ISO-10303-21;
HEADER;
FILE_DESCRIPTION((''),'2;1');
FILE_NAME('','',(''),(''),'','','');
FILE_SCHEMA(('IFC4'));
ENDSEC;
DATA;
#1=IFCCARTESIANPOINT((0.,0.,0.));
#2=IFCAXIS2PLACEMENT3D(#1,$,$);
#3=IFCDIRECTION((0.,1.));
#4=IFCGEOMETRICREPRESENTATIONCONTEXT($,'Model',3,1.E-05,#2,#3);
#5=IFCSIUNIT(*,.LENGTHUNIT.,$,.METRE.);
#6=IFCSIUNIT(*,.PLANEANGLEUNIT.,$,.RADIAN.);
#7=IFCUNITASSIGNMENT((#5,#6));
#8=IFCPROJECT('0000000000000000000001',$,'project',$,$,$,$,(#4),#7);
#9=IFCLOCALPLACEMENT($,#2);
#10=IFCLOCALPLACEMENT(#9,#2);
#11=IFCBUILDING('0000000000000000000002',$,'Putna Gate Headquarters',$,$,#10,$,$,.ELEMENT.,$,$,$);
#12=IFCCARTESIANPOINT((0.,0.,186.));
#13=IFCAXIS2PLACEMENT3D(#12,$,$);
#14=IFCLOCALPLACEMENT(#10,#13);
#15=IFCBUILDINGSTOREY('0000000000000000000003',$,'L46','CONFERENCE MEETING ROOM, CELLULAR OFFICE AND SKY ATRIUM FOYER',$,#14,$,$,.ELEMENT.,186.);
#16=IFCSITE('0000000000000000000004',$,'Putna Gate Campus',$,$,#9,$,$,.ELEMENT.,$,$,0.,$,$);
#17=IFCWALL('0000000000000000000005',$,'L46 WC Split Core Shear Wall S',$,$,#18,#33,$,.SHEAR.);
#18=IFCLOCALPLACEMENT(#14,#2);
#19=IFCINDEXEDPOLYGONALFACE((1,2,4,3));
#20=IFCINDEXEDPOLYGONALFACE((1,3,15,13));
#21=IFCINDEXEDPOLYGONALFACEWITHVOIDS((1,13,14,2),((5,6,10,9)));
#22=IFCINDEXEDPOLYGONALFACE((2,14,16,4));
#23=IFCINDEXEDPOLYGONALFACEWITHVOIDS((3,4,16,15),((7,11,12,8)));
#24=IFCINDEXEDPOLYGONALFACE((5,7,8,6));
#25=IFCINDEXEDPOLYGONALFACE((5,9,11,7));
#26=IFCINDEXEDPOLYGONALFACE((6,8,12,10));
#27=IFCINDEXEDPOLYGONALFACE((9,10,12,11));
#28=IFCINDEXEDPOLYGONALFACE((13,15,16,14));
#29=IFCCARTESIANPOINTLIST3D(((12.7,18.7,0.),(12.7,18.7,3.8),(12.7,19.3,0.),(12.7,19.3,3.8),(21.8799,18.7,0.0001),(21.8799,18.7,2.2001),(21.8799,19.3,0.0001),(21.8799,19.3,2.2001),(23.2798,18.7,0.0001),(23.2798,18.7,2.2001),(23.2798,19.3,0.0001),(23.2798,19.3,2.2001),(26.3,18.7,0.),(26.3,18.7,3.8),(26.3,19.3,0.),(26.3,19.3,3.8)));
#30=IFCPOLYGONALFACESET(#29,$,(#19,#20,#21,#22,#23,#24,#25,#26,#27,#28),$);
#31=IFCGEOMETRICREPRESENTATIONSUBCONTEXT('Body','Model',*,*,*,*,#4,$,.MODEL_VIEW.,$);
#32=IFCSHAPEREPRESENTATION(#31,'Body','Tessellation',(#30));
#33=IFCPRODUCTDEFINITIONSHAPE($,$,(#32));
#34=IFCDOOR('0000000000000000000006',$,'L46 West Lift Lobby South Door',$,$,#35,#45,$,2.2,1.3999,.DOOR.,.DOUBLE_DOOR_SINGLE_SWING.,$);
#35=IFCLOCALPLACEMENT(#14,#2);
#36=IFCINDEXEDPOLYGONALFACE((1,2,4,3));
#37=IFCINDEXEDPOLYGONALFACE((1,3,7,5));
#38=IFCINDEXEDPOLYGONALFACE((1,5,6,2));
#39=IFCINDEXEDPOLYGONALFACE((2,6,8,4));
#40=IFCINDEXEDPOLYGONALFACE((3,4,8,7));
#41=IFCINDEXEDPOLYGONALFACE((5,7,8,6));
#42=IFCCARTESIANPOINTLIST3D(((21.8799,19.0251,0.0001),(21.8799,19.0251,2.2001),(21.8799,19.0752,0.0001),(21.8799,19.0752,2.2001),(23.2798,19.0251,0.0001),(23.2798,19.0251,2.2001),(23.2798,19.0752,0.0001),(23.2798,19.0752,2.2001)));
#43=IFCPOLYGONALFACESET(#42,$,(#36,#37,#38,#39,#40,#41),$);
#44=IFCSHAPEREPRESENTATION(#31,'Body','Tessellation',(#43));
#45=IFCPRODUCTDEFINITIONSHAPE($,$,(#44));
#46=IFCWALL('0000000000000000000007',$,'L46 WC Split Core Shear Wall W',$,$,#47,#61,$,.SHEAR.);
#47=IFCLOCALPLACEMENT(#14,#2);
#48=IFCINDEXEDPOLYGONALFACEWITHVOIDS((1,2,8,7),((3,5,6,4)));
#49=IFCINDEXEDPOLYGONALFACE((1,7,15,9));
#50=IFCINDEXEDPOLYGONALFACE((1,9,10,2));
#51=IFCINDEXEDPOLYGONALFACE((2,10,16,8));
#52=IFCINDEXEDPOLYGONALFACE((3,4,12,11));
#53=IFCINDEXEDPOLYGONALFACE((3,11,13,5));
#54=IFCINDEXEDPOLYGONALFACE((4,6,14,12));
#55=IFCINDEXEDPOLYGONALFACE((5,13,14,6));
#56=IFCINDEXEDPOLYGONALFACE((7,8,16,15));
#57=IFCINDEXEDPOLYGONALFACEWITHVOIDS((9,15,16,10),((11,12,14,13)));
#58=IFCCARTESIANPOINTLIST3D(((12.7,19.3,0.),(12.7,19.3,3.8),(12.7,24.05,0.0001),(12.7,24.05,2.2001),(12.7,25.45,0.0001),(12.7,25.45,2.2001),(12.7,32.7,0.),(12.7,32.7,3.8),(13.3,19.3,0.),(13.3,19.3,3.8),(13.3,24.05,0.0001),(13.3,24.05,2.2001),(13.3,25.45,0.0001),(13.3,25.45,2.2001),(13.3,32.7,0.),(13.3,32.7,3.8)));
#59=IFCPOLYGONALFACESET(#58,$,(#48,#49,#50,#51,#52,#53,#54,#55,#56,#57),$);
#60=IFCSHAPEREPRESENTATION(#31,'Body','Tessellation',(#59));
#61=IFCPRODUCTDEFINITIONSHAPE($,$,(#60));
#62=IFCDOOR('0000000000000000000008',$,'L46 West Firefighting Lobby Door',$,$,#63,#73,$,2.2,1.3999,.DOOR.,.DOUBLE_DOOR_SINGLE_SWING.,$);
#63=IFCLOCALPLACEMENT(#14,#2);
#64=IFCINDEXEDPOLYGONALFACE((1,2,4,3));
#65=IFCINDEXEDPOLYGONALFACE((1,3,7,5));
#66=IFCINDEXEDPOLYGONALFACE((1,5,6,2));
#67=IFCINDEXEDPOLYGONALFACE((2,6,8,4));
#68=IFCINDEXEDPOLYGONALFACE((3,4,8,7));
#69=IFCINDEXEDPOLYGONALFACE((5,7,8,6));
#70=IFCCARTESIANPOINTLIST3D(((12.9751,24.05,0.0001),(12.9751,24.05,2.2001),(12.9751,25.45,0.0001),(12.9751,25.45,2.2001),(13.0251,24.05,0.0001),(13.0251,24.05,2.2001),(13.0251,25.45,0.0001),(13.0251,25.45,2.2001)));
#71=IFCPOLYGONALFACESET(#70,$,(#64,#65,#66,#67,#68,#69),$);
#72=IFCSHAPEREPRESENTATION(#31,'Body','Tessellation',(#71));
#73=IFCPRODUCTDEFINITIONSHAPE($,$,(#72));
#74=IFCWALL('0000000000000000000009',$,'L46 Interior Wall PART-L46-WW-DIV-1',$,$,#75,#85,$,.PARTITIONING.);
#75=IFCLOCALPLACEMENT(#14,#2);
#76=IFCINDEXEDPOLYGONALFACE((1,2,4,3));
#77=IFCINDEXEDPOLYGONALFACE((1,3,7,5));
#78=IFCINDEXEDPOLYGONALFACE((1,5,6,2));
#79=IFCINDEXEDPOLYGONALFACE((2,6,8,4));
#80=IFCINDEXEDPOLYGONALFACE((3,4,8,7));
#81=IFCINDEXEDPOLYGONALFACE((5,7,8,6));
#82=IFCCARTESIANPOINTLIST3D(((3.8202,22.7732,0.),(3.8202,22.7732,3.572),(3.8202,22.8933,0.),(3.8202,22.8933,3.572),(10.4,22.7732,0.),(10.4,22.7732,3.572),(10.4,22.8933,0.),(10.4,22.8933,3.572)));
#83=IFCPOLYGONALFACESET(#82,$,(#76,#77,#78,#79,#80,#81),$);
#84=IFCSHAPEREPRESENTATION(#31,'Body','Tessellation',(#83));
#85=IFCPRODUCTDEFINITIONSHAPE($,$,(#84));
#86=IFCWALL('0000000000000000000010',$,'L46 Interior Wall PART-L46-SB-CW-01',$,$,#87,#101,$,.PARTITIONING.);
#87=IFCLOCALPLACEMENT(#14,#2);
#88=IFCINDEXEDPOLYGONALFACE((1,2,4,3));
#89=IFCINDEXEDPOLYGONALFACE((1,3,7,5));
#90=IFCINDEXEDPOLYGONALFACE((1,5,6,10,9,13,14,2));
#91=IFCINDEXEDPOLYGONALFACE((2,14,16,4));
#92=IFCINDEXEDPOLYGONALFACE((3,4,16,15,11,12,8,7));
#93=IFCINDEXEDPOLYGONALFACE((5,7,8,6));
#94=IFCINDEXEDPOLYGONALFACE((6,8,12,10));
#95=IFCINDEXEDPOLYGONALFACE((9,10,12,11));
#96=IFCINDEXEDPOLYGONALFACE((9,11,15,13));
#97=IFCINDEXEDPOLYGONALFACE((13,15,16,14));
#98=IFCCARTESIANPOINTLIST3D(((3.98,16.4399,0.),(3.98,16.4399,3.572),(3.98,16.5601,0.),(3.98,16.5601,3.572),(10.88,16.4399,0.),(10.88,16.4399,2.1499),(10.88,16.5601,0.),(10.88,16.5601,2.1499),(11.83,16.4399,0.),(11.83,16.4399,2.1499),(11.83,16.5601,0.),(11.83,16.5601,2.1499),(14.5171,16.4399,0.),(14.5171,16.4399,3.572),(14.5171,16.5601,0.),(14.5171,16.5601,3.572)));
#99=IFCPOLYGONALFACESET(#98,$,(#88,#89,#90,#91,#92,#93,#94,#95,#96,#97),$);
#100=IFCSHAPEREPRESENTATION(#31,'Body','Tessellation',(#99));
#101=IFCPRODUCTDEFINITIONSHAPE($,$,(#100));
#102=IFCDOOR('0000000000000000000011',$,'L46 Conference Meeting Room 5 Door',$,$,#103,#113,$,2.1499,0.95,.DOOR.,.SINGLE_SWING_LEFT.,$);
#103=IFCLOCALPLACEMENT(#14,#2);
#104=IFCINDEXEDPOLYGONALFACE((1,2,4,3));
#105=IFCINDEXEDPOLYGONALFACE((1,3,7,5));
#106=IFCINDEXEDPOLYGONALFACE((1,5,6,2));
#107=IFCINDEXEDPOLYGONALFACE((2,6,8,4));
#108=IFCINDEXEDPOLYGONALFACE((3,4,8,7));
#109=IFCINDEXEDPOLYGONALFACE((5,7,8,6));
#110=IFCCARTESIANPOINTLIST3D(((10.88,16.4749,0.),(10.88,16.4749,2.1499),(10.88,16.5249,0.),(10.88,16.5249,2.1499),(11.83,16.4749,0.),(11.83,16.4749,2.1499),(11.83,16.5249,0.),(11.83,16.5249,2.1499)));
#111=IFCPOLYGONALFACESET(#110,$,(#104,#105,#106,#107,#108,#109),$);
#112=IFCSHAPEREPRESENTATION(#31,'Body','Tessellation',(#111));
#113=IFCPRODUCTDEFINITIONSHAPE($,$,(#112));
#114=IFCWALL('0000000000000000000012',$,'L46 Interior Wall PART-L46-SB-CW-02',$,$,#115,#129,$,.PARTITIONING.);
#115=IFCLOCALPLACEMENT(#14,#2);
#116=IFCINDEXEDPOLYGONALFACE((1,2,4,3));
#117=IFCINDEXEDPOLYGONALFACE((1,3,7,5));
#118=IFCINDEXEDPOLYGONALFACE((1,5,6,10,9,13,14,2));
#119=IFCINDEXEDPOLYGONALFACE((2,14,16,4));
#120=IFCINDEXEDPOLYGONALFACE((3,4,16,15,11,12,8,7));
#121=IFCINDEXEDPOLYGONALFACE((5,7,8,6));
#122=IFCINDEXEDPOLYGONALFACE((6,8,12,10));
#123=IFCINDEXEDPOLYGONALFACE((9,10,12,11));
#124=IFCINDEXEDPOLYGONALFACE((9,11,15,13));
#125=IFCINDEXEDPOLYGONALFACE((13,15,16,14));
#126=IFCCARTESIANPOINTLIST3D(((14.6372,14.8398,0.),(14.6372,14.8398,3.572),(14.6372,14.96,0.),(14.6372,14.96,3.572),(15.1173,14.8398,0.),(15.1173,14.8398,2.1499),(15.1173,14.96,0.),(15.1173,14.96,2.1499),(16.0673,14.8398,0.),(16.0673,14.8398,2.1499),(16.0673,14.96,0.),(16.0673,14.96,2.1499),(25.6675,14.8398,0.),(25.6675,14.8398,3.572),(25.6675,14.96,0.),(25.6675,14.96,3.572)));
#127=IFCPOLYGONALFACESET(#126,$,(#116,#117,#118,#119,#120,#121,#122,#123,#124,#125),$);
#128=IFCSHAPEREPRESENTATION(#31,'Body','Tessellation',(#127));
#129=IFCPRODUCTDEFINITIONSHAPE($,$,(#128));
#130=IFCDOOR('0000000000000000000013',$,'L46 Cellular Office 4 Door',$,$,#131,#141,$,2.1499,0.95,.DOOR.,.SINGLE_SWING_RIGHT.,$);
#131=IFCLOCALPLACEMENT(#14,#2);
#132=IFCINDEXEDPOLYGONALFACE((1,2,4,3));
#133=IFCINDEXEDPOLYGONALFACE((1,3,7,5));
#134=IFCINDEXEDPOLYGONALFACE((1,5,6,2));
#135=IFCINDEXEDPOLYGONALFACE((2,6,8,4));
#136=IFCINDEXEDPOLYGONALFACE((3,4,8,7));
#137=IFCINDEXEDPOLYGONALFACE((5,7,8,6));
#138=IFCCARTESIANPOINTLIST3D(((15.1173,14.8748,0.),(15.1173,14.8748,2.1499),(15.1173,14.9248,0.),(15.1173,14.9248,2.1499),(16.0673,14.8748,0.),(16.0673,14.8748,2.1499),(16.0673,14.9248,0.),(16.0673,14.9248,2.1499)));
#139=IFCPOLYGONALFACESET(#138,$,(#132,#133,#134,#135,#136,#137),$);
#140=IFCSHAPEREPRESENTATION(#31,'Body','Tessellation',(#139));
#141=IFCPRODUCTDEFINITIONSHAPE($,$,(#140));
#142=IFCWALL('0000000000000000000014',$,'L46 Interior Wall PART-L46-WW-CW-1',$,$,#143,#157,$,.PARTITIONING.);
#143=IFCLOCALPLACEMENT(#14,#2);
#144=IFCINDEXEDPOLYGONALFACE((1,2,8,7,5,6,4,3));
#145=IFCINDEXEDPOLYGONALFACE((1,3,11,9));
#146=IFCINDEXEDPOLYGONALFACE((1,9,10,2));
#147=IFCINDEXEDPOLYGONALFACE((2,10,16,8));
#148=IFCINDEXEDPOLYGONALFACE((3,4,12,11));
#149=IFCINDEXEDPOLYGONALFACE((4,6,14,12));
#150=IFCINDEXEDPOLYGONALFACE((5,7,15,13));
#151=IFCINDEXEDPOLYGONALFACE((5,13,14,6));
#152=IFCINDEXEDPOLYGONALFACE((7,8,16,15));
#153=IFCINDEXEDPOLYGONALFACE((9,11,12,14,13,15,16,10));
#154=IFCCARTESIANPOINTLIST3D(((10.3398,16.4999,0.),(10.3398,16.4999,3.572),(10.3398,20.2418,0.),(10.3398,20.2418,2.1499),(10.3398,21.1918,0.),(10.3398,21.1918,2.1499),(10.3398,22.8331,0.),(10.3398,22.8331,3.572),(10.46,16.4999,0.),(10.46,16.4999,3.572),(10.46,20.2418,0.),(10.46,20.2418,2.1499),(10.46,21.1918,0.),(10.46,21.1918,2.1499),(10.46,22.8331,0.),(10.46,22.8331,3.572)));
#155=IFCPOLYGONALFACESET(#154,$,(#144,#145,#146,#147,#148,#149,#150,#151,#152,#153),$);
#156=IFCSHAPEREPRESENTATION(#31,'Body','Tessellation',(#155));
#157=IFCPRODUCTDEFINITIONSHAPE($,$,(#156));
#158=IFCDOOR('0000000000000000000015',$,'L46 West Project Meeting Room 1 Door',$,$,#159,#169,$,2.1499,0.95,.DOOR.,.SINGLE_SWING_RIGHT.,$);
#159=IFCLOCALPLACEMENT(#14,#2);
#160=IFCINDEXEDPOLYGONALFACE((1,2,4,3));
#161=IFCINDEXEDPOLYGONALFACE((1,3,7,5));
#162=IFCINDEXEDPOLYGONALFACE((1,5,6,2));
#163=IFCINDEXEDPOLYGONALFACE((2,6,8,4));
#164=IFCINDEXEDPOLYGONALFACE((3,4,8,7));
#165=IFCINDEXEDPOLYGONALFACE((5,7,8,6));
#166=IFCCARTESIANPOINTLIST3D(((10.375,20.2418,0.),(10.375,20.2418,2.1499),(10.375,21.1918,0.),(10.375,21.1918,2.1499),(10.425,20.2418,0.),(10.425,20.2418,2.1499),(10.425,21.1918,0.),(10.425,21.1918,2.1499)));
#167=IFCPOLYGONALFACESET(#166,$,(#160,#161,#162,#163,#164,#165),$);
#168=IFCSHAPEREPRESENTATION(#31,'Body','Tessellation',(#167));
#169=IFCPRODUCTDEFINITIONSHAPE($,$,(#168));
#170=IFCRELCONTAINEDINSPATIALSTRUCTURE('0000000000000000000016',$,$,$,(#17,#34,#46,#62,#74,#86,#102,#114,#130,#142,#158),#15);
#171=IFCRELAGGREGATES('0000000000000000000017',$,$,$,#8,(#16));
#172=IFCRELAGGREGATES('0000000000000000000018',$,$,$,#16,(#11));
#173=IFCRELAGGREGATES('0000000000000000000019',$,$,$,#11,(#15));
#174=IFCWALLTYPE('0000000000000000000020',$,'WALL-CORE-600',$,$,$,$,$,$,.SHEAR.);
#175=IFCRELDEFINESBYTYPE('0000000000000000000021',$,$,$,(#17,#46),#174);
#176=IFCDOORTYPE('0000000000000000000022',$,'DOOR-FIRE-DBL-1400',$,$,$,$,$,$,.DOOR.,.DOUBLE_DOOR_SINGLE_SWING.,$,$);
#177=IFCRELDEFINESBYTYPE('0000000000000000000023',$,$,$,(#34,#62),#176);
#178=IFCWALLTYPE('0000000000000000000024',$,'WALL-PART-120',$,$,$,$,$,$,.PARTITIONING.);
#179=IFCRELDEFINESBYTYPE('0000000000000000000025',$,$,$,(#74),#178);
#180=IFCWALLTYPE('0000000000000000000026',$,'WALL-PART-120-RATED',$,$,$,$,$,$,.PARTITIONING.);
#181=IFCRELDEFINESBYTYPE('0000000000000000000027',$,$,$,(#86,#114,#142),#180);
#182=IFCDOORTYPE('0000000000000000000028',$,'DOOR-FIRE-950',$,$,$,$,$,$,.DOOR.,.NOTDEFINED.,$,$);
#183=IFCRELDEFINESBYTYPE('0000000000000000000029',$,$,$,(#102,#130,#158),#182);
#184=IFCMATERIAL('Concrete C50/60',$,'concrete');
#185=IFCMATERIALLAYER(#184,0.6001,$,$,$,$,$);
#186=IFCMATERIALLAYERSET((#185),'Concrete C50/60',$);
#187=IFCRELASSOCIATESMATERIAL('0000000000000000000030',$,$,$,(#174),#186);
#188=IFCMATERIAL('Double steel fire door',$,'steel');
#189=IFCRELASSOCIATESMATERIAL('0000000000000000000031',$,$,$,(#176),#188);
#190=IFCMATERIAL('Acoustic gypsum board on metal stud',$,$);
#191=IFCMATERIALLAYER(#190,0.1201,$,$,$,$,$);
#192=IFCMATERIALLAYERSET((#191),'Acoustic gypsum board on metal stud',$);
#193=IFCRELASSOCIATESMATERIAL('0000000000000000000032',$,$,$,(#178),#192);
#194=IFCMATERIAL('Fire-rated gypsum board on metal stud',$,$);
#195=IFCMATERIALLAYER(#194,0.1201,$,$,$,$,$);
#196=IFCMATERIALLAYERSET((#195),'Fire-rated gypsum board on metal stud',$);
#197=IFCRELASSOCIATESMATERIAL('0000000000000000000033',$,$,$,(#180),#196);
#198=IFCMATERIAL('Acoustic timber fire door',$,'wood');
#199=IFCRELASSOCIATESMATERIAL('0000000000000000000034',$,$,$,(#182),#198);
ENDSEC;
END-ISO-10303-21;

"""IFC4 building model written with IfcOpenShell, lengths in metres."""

from ifc_helpers import new_model, si_unit, direction, frame, frame_2d, origin, place, context, subcontext, project, spatial, rectangle, extrude, material, layer, layer_set, type_object, element, fill, save


model = new_model("IFC4")

# Units and contexts
model_context = context("Model", 3, precision=1e-05, world=origin(), true_north=direction((0.0, 1.0)))
body_context = subcontext(model_context, "Body", "Model", "MODEL_VIEW")
ifc_project = project(units=[si_unit("LENGTHUNIT", "METRE"), si_unit("PLANEANGLEUNIT", "RADIAN")], contexts=[model_context])

# Site, building, storey
site_placement = place(None, origin())
site = spatial("IfcSite", under=ifc_project, at=site_placement, Name="Putna Gate Campus", CompositionType="ELEMENT", RefElevation=0.0)
building_placement = place(site_placement, origin())
building = spatial("IfcBuilding", under=site, at=building_placement, Name="Putna Gate Headquarters", CompositionType="ELEMENT")
storey_placement = place(building_placement, frame((0.0, 0.0, 186.0)))
storey = spatial("IfcBuildingStorey", under=building, at=storey_placement, Name="L46", Description="CONFERENCE MEETING ROOM, CELLULAR OFFICE AND SKY ATRIUM FOYER", CompositionType="ELEMENT", Elevation=186.0)

# Shared definitions
ifc_material_1 = material(Name="Concrete C50/60", Category="concrete")

# Walls, openings, doors
ifc_layer_1 = layer(ifc_material_1, 0.6001)
ifc_layer_set_1 = layer_set([ifc_layer_1], Name="Concrete C50/60")
wall_type_1 = type_object("IfcWallType", Name="WALL-CORE-600", PredefinedType="SHEAR", material=ifc_layer_set_1)
wall_1_placement = place(storey_placement, frame((12.7, 19.0, 0.0), z_axis=(0.0, 0.0, 1.0), x_axis=(1.0, 0.0, 0.0)))
wall_1 = element("IfcWall", 1, at=wall_1_placement, inside=storey, type_object=wall_type_1, Name="L46 WC Split Core Shear Wall S", PredefinedType="SHEAR", context=body_context, shape_type="SweptSolid", body=[
    extrude(rectangle(XDim=13.6001, YDim=0.6001, at=frame_2d((6.8, 0.0))), origin(), (0.0, 0.0, 1.0), 3.8),
])
opening_1_placement = place(wall_1_placement, frame((9.1799, 0.0, 0.0)))
opening_1 = element("IfcOpeningElement", 2, at=opening_1_placement, cuts=wall_1, PredefinedType="OPENING", context=body_context, shape_type="SweptSolid", body=[
    extrude(rectangle(XDim=1.3999, YDim=2.2, at=frame_2d((0.7, 1.1001))), frame((0.0, 0.3101, 0.0), z_axis=(0.0, -1.0, 0.0), x_axis=(1.0, 0.0, 0.0)), (0.0, 0.0, 1.0), 0.6201),
])
ifc_material_2 = material(Name="Double steel fire door", Category="steel")
door_type_1 = type_object("IfcDoorType", Name="DOOR-FIRE-DBL-1400", OperationType="DOUBLE_DOOR_SINGLE_SWING", PredefinedType="DOOR", material=ifc_material_2)
door_1_placement = place(opening_1_placement, origin())
door_1 = element("IfcDoor", 3, at=door_1_placement, inside=storey, type_object=door_type_1, Name="L46 West Lift Lobby South Door", OperationType="DOUBLE_DOOR_SINGLE_SWING", OverallHeight=2.2, OverallWidth=1.3999, PredefinedType="DOOR", context=body_context, shape_type="SweptSolid", body=[
    extrude(rectangle(XDim=1.3999, YDim=2.2, at=frame_2d((0.7, 1.1001))), frame((0.0, 0.0752, 0.0), z_axis=(0.0, -1.0, 0.0), x_axis=(1.0, 0.0, 0.0)), (0.0, 0.0, 1.0), 0.05),
])
fill(opening_1, door_1)
wall_2_placement = place(storey_placement, frame((13.0, 19.3, 0.0), z_axis=(0.0, 0.0, 1.0), x_axis=(0.0, 1.0, 0.0)))
wall_2 = element("IfcWall", 4, at=wall_2_placement, inside=storey, type_object=wall_type_1, Name="L46 WC Split Core Shear Wall W", PredefinedType="SHEAR", context=body_context, shape_type="SweptSolid", body=[
    extrude(rectangle(XDim=13.3999, YDim=0.6001, at=frame_2d((6.7, 0.0))), origin(), (0.0, 0.0, 1.0), 3.8),
])
opening_2_placement = place(wall_2_placement, frame((4.75, 0.0, 0.0)))
opening_2 = element("IfcOpeningElement", 5, at=opening_2_placement, cuts=wall_2, PredefinedType="OPENING", context=body_context, shape_type="SweptSolid", body=[
    extrude(rectangle(XDim=1.3999, YDim=2.2, at=frame_2d((0.7, 1.1001))), frame((0.0, 0.3101, 0.0), z_axis=(0.0, -1.0, 0.0), x_axis=(1.0, 0.0, 0.0)), (0.0, 0.0, 1.0), 0.6201),
])
door_2_placement = place(opening_2_placement, origin())
door_2 = element("IfcDoor", 6, at=door_2_placement, inside=storey, type_object=door_type_1, Name="L46 West Firefighting Lobby Door", OperationType="DOUBLE_DOOR_SINGLE_SWING", OverallHeight=2.2, OverallWidth=1.3999, PredefinedType="DOOR", context=body_context, shape_type="SweptSolid", body=[
    extrude(rectangle(XDim=1.3999, YDim=2.2, at=frame_2d((0.7, 1.1001))), frame((0.0, 0.0249, 0.0), z_axis=(0.0, -1.0, 0.0), x_axis=(1.0, 0.0, 0.0)), (0.0, 0.0, 1.0), 0.05),
])
fill(opening_2, door_2)

# Wall
ifc_material_3 = material(Name="Acoustic gypsum board on metal stud")
ifc_layer_2 = layer(ifc_material_3, 0.1201)
ifc_layer_set_2 = layer_set([ifc_layer_2], Name="Acoustic gypsum board on metal stud")
wall_type_2 = type_object("IfcWallType", Name="WALL-PART-120", PredefinedType="PARTITIONING", material=ifc_layer_set_2)
wall_3_placement = place(storey_placement, frame((3.8201, 22.8333, 0.0), z_axis=(0.0, 0.0, 1.0), x_axis=(1.0, 0.0, 0.0)))
element("IfcWall", 7, at=wall_3_placement, inside=storey, type_object=wall_type_2, Name="L46 Interior Wall PART-L46-WW-DIV-1", PredefinedType="PARTITIONING", context=body_context, shape_type="SweptSolid", body=[
    extrude(rectangle(XDim=6.5798, YDim=0.1201, at=frame_2d((3.29, 0.0))), origin(), (0.0, 0.0, 1.0), 3.572),
])

# Walls, openings, doors
ifc_material_4 = material(Name="Fire-rated gypsum board on metal stud")
ifc_layer_3 = layer(ifc_material_4, 0.1201)
ifc_layer_set_3 = layer_set([ifc_layer_3], Name="Fire-rated gypsum board on metal stud")
wall_type_3 = type_object("IfcWallType", Name="WALL-PART-120-RATED", PredefinedType="PARTITIONING", material=ifc_layer_set_3)
wall_4_placement = place(storey_placement, frame((3.98, 16.5, 0.0), z_axis=(0.0, 0.0, 1.0), x_axis=(1.0, 0.0, 0.0)))
wall_4 = element("IfcWall", 8, at=wall_4_placement, inside=storey, type_object=wall_type_3, Name="L46 Interior Wall PART-L46-SB-CW-01", PredefinedType="PARTITIONING", context=body_context, shape_type="SweptSolid", body=[
    extrude(rectangle(XDim=10.5371, YDim=0.1201, at=frame_2d((5.2686, 0.0))), origin(), (0.0, 0.0, 1.0), 3.572),
])
opening_3_placement = place(wall_4_placement, frame((6.8999, 0.0, 0.0)))
opening_3 = element("IfcOpeningElement", 9, at=opening_3_placement, cuts=wall_4, PredefinedType="OPENING", context=body_context, shape_type="SweptSolid", body=[
    extrude(rectangle(XDim=0.95, YDim=2.1499, at=frame_2d((0.4751, 1.075))), frame((0.0, 0.0701, 0.0), z_axis=(0.0, -1.0, 0.0), x_axis=(1.0, 0.0, 0.0)), (0.0, 0.0, 1.0), 0.1401),
])
ifc_material_5 = material(Name="Acoustic timber fire door", Category="wood")
door_type_2 = type_object("IfcDoorType", Name="DOOR-FIRE-950", OperationType="NOTDEFINED", PredefinedType="DOOR", material=ifc_material_5)
door_3_placement = place(opening_3_placement, origin())
door_3 = element("IfcDoor", 10, at=door_3_placement, inside=storey, type_object=door_type_2, Name="L46 Conference Meeting Room 5 Door", OperationType="SINGLE_SWING_LEFT", OverallHeight=2.1499, OverallWidth=0.95, PredefinedType="DOOR", context=body_context, shape_type="SweptSolid", body=[
    extrude(rectangle(XDim=0.95, YDim=2.1499, at=frame_2d((0.4751, 1.075))), frame((0.0, 0.0249, 0.0), z_axis=(0.0, -1.0, 0.0), x_axis=(1.0, 0.0, 0.0)), (0.0, 0.0, 1.0), 0.05),
])
fill(opening_3, door_3)
wall_5_placement = place(storey_placement, frame((14.6372, 14.8999, 0.0), z_axis=(0.0, 0.0, 1.0), x_axis=(1.0, 0.0, 0.0)))
wall_5 = element("IfcWall", 11, at=wall_5_placement, inside=storey, type_object=wall_type_3, Name="L46 Interior Wall PART-L46-SB-CW-02", PredefinedType="PARTITIONING", context=body_context, shape_type="SweptSolid", body=[
    extrude(rectangle(XDim=11.0303, YDim=0.1201, at=frame_2d((5.5151, 0.0))), origin(), (0.0, 0.0, 1.0), 3.572),
])
opening_4_placement = place(wall_5_placement, frame((0.48, 0.0, 0.0)))
opening_4 = element("IfcOpeningElement", 12, at=opening_4_placement, cuts=wall_5, PredefinedType="OPENING", context=body_context, shape_type="SweptSolid", body=[
    extrude(rectangle(XDim=0.95, YDim=2.1499, at=frame_2d((0.4751, 1.075))), frame((0.0, 0.0701, 0.0), z_axis=(0.0, -1.0, 0.0), x_axis=(1.0, 0.0, 0.0)), (0.0, 0.0, 1.0), 0.1401),
])
door_4_placement = place(opening_4_placement, origin())
door_4 = element("IfcDoor", 13, at=door_4_placement, inside=storey, type_object=door_type_2, Name="L46 Cellular Office 4 Door", OperationType="SINGLE_SWING_RIGHT", OverallHeight=2.1499, OverallWidth=0.95, PredefinedType="DOOR", context=body_context, shape_type="SweptSolid", body=[
    extrude(rectangle(XDim=0.95, YDim=2.1499, at=frame_2d((0.4751, 1.075))), frame((0.0, 0.0249, 0.0), z_axis=(0.0, -1.0, 0.0), x_axis=(1.0, 0.0, 0.0)), (0.0, 0.0, 1.0), 0.05),
])
fill(opening_4, door_4)
wall_6_placement = place(storey_placement, frame((10.3999, 16.5, 0.0), z_axis=(0.0, 0.0, 1.0), x_axis=(0.0, 1.0, 0.0)))
wall_6 = element("IfcWall", 14, at=wall_6_placement, inside=storey, type_object=wall_type_3, Name="L46 Interior Wall PART-L46-WW-CW-1", PredefinedType="PARTITIONING", context=body_context, shape_type="SweptSolid", body=[
    extrude(rectangle(XDim=6.3333, YDim=0.1201, at=frame_2d((3.1665, 0.0))), origin(), (0.0, 0.0, 1.0), 3.572),
])
opening_5_placement = place(wall_6_placement, frame((3.7417, 0.0, 0.0)))
opening_5 = element("IfcOpeningElement", 15, at=opening_5_placement, cuts=wall_6, PredefinedType="OPENING", context=body_context, shape_type="SweptSolid", body=[
    extrude(rectangle(XDim=0.95, YDim=2.1499, at=frame_2d((0.4751, 1.075))), frame((0.0, 0.0701, 0.0), z_axis=(0.0, -1.0, 0.0), x_axis=(1.0, 0.0, 0.0)), (0.0, 0.0, 1.0), 0.1401),
])
door_5_placement = place(opening_5_placement, origin())
door_5 = element("IfcDoor", 16, at=door_5_placement, inside=storey, type_object=door_type_2, Name="L46 West Project Meeting Room 1 Door", OperationType="SINGLE_SWING_RIGHT", OverallHeight=2.1499, OverallWidth=0.95, PredefinedType="DOOR", context=body_context, shape_type="SweptSolid", body=[
    extrude(rectangle(XDim=0.95, YDim=2.1499, at=frame_2d((0.4751, 1.075))), frame((0.0, 0.0249, 0.0), z_axis=(0.0, -1.0, 0.0), x_axis=(1.0, 0.0, 0.0)), (0.0, 0.0, 1.0), 0.05),
])
fill(opening_5, door_5)

save(model, "model.ifc")
